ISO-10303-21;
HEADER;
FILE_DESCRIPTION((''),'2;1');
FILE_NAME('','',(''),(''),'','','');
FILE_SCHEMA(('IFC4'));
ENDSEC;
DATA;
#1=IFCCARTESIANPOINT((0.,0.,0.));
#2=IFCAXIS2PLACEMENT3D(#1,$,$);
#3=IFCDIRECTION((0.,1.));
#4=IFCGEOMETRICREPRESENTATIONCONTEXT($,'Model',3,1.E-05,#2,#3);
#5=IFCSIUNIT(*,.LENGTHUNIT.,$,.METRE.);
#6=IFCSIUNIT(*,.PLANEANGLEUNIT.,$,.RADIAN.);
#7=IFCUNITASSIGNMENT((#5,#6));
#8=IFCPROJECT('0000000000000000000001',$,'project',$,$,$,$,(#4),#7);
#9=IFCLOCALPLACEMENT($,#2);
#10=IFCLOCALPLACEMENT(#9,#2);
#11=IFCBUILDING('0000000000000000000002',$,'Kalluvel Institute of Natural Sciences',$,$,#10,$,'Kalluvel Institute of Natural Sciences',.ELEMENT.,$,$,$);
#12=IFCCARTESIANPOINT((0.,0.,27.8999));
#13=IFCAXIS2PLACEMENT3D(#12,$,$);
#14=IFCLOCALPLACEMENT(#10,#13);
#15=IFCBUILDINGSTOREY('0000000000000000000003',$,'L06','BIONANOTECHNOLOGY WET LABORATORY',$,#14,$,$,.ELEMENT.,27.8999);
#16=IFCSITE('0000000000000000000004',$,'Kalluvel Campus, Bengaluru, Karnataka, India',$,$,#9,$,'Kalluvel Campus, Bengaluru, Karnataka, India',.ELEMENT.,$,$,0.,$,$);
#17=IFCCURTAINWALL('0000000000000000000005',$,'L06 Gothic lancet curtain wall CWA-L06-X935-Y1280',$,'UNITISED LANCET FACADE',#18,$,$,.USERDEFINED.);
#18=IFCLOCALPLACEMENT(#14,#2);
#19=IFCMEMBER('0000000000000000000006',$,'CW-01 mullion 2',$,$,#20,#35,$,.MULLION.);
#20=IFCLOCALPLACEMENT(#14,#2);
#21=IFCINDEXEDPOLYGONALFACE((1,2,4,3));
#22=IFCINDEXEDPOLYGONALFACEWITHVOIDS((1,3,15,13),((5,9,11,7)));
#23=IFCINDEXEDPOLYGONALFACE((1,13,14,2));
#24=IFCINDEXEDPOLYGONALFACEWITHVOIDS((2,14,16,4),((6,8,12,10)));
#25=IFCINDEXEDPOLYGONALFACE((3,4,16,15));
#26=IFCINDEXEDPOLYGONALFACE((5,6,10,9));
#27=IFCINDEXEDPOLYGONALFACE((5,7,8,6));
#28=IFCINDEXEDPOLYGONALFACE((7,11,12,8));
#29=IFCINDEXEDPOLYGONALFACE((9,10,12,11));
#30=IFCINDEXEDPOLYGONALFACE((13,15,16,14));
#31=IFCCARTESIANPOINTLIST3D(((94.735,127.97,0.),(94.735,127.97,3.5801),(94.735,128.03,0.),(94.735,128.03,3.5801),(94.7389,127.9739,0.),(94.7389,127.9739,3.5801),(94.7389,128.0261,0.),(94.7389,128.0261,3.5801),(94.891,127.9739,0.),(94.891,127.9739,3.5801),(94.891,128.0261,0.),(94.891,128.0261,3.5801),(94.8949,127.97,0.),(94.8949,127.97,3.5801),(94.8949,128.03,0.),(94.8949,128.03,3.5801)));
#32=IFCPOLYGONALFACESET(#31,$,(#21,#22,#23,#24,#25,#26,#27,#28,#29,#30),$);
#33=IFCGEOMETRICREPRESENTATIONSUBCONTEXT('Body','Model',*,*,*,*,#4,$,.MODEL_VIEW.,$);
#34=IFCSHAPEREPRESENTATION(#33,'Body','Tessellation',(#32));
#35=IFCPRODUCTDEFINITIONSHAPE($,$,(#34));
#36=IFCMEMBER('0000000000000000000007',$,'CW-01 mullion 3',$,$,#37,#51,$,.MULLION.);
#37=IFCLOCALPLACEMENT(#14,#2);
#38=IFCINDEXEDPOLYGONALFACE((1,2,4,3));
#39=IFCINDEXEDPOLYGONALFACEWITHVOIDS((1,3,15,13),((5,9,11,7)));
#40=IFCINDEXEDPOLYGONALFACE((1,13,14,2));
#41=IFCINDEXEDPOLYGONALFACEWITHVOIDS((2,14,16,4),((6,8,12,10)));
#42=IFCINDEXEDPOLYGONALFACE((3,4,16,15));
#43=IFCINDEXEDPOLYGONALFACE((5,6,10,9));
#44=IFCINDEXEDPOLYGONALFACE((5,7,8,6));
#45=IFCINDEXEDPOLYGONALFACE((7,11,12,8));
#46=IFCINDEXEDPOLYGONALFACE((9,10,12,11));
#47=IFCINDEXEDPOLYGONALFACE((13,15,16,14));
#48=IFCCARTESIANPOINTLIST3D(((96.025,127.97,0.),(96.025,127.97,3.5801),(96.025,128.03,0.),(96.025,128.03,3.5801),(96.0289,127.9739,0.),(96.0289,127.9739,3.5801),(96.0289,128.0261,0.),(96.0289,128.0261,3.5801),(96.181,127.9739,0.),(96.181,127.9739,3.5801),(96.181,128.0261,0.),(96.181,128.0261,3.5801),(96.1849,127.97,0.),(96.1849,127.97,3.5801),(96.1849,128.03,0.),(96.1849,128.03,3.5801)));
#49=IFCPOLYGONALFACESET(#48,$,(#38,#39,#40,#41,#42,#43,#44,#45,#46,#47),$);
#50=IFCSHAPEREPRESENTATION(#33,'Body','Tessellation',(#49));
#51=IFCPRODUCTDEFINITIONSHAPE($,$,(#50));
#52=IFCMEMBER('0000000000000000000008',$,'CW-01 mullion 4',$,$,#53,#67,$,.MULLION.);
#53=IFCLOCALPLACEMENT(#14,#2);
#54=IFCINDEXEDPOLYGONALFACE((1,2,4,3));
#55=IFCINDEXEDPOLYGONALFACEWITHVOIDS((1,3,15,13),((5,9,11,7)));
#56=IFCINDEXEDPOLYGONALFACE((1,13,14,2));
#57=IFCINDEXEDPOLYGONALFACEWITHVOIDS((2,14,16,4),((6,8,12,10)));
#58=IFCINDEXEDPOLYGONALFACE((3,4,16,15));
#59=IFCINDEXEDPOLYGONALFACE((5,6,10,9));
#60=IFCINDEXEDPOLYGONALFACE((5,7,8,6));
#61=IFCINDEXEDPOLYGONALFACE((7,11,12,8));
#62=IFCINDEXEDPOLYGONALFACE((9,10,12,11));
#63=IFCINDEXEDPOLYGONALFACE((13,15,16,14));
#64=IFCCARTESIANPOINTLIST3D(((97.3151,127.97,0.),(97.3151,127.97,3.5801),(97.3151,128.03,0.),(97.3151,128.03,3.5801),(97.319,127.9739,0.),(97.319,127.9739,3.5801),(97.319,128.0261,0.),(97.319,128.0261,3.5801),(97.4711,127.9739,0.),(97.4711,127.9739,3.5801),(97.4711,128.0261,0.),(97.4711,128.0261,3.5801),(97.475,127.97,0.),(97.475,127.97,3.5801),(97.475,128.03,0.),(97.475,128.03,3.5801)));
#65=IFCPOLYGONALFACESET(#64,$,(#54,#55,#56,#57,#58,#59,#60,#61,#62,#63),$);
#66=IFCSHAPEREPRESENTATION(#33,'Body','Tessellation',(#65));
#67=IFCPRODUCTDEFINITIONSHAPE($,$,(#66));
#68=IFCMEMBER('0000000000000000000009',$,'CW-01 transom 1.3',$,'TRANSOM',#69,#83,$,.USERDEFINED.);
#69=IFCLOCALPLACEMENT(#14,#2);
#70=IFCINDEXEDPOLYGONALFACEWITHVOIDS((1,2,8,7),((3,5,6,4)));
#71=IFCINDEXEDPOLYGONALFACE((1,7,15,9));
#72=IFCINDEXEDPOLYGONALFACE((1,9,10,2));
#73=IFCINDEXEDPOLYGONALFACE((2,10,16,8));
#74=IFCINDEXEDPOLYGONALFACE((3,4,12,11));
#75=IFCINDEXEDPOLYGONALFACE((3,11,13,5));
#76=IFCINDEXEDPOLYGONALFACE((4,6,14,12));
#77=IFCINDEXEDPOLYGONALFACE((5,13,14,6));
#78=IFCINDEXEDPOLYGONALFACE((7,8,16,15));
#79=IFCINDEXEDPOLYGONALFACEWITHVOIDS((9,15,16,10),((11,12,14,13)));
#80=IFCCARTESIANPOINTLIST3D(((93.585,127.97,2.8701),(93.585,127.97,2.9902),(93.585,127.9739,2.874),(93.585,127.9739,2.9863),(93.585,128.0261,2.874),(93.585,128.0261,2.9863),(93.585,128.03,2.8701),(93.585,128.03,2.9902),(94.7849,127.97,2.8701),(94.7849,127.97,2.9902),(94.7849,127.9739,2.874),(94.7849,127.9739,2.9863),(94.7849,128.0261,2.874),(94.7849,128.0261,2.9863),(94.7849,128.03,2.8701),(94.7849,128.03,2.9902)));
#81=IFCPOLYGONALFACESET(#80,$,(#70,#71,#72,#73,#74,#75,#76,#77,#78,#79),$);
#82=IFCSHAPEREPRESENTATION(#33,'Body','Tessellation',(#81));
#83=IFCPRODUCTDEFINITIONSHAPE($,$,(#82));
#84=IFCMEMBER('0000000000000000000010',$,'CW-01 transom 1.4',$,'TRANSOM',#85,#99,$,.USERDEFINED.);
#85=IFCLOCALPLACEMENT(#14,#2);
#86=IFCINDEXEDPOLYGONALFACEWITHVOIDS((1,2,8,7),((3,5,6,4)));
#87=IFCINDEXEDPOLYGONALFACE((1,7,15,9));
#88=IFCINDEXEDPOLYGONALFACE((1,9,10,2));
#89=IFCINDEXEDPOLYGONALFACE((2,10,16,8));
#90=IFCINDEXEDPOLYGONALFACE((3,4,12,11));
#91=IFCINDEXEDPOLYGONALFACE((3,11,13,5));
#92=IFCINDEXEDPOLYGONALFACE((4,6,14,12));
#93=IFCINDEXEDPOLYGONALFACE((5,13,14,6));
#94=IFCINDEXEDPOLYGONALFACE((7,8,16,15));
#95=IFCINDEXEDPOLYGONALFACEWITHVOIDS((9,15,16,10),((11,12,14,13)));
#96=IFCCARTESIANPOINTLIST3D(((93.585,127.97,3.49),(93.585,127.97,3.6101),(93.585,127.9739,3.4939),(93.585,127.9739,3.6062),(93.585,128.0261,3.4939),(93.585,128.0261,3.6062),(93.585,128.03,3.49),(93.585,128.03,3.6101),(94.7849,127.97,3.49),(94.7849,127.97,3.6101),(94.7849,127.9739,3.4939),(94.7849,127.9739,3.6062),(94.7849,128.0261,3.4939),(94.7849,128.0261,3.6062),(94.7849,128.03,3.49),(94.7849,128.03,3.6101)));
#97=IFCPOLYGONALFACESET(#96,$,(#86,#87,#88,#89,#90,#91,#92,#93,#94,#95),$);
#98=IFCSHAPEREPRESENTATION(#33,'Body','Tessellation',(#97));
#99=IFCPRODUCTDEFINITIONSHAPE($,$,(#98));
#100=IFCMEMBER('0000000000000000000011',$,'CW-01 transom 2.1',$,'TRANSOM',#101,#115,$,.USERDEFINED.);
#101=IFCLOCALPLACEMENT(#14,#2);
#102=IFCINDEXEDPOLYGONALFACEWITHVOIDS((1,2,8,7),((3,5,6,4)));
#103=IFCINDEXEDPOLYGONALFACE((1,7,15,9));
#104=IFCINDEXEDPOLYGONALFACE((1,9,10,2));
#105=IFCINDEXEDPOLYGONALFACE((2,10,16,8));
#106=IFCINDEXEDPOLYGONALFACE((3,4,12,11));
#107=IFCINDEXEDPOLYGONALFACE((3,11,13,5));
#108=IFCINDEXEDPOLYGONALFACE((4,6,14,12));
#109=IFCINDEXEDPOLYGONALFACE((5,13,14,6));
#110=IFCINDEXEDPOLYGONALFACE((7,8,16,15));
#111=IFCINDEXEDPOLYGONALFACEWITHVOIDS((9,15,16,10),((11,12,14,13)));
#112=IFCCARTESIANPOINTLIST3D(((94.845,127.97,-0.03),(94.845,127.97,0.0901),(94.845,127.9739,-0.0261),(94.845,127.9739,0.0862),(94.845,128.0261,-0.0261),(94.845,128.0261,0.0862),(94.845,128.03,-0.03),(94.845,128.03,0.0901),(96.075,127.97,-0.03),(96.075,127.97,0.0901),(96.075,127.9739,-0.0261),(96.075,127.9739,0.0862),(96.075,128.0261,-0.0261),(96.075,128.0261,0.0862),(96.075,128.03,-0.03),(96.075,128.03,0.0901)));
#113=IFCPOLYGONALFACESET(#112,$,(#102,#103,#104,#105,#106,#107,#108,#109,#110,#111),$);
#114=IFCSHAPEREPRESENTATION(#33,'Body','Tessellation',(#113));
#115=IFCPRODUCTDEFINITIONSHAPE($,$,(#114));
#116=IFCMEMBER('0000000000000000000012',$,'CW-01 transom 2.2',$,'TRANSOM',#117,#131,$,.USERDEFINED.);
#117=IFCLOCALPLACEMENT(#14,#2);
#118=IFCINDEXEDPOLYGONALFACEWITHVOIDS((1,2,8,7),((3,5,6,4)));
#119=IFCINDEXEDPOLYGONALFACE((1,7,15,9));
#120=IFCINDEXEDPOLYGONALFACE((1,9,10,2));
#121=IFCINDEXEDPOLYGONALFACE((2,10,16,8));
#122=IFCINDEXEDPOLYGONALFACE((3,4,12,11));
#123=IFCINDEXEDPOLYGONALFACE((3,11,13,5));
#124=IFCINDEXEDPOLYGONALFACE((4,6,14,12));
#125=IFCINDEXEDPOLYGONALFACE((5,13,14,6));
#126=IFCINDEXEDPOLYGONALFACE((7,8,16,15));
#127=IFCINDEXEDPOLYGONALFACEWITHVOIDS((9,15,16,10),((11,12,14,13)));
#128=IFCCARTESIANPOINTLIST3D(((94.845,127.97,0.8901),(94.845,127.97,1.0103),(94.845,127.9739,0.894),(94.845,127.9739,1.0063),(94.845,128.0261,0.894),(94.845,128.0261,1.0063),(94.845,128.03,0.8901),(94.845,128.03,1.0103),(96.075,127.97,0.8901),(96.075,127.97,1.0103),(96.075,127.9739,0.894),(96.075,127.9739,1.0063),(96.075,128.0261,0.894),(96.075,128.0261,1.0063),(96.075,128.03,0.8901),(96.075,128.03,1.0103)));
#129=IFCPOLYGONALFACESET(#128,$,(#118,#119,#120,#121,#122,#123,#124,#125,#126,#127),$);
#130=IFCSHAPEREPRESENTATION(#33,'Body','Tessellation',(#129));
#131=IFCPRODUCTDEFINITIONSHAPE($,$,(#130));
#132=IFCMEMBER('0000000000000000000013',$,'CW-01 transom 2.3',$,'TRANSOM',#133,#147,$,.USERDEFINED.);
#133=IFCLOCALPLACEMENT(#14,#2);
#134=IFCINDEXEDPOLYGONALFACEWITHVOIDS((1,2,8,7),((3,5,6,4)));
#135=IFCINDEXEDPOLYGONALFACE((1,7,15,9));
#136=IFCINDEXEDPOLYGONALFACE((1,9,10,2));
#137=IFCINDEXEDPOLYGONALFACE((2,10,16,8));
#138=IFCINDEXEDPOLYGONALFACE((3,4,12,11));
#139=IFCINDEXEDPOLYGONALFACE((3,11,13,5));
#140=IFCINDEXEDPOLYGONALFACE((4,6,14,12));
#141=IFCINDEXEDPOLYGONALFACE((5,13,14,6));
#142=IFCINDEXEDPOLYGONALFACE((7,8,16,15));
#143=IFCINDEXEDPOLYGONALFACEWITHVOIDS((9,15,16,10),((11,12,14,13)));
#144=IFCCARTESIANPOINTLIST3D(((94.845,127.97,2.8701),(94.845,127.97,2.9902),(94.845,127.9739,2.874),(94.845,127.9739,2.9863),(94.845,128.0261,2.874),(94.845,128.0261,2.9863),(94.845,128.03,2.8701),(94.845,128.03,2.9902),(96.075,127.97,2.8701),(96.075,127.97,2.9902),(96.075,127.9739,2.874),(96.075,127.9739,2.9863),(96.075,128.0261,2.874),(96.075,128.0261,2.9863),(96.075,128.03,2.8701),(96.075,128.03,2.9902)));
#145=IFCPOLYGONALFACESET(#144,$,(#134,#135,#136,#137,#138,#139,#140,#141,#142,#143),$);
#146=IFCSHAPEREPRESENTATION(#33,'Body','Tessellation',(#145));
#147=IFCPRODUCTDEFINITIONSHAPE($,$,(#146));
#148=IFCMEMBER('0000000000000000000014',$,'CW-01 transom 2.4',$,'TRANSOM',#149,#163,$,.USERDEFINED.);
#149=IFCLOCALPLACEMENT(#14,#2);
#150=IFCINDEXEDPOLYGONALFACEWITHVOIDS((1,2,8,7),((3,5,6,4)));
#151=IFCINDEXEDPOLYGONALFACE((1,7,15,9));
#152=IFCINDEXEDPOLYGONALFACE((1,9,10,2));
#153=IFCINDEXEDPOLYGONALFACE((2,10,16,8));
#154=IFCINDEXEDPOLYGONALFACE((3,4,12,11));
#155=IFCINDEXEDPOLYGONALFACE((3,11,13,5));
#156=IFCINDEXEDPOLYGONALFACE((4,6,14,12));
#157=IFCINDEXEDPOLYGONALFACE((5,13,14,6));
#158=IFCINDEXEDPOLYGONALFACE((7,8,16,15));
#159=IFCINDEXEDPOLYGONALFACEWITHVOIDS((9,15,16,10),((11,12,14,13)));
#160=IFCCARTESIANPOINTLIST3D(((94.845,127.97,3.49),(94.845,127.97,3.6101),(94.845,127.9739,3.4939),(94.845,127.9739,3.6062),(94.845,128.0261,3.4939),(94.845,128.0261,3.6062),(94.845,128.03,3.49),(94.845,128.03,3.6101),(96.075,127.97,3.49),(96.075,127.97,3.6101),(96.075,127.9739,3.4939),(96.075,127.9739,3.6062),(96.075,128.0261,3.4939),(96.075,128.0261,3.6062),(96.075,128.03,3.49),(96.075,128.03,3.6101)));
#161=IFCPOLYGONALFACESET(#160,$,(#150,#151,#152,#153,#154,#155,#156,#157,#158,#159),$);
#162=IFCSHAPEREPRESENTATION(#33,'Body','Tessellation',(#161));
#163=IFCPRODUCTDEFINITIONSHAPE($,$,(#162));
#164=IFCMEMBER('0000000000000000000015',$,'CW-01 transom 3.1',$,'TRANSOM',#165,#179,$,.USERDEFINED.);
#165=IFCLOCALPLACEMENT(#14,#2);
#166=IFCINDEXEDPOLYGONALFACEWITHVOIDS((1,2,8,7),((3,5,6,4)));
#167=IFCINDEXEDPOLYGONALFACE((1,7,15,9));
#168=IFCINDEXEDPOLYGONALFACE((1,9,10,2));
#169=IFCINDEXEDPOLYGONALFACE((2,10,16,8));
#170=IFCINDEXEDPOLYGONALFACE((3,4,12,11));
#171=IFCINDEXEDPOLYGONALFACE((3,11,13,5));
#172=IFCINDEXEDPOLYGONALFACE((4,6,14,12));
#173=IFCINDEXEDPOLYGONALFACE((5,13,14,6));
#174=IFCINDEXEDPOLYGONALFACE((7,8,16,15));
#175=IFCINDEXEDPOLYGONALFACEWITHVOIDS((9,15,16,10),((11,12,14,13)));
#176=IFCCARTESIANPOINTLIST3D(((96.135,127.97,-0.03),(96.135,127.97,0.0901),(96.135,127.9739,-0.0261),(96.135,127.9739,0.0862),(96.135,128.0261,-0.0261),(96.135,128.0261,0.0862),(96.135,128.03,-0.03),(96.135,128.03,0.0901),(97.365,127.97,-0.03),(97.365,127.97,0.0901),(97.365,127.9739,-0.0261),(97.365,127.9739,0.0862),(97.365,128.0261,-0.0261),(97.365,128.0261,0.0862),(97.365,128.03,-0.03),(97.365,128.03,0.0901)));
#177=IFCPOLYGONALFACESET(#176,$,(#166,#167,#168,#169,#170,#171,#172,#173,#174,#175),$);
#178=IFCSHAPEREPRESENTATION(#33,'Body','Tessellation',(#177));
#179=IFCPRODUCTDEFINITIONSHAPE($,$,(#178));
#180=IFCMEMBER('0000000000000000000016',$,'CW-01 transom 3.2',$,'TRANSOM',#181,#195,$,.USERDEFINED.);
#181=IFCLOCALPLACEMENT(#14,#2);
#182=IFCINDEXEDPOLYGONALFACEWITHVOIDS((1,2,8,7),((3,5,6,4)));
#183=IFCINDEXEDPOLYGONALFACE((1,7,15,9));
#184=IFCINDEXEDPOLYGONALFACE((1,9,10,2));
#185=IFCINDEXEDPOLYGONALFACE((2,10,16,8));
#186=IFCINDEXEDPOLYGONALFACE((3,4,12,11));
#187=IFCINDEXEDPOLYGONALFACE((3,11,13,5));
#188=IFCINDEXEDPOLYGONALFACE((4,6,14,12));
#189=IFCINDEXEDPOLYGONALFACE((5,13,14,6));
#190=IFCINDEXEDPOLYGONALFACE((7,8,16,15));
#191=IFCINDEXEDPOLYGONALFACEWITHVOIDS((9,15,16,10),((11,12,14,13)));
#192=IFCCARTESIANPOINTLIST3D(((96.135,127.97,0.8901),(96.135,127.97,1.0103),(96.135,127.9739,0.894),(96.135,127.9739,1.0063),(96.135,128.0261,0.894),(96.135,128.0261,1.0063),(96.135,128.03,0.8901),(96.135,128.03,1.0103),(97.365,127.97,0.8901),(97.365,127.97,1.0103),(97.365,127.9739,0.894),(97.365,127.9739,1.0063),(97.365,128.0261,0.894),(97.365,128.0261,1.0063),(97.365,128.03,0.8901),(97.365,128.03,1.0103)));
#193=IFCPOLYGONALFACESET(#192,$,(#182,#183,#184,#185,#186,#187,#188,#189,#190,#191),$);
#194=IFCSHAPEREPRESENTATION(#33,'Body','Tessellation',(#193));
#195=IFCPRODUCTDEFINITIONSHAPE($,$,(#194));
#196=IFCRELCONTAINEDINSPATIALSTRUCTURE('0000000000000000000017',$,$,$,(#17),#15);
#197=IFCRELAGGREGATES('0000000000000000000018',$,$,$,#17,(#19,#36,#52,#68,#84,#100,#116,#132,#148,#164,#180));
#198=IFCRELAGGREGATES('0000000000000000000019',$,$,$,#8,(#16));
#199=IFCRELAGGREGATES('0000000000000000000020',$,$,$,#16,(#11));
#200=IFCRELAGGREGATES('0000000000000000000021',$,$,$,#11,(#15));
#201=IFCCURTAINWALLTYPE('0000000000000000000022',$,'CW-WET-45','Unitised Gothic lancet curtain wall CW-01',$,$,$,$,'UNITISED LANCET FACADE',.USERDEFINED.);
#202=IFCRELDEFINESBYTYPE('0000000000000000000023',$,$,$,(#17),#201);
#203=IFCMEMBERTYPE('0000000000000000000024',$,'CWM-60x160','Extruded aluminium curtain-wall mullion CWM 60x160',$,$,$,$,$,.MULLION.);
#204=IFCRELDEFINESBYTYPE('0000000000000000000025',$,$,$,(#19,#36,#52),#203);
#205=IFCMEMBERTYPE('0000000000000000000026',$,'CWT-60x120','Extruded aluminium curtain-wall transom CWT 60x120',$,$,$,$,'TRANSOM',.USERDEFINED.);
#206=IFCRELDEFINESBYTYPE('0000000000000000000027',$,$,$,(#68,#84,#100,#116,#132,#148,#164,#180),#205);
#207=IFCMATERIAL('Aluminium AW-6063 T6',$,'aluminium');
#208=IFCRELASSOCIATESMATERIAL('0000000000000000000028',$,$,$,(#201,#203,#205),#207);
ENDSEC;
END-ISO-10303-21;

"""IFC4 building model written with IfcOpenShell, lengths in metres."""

from ifc_helpers import new_model, si_unit, direction, frame, origin, origin_2d, place, context, subcontext, project, spatial, hollow_rectangle, extrude, material, material_profile, profile_set, type_object, element, aggregate, save


model = new_model("IFC4")

# Units and contexts
model_context = context("Model", 3, precision=1e-05, world=origin(), true_north=direction((0.0, 1.0)))
body_context = subcontext(model_context, "Body", "Model", "MODEL_VIEW")
ifc_project = project(units=[si_unit("LENGTHUNIT", "METRE"), si_unit("PLANEANGLEUNIT", "RADIAN")], contexts=[model_context])

# Site, building, storey
site_placement = place(None, origin())
site = spatial("IfcSite", under=ifc_project, at=site_placement, Name="Kalluvel Campus, Bengaluru, Karnataka, India", LongName="Kalluvel Campus, Bengaluru, Karnataka, India", CompositionType="ELEMENT", RefElevation=0.0)
building_placement = place(site_placement, origin())
building = spatial("IfcBuilding", under=site, at=building_placement, Name="Kalluvel Institute of Natural Sciences", LongName="Kalluvel Institute of Natural Sciences", CompositionType="ELEMENT")
storey_placement = place(building_placement, frame((0.0, 0.0, 27.8999)))
storey = spatial("IfcBuildingStorey", under=building, at=storey_placement, Name="L06", Description="BIONANOTECHNOLOGY WET LABORATORY", CompositionType="ELEMENT", Elevation=27.8999)

# Curtain wall, members
ifc_material_1 = material(Name="Aluminium AW-6063 T6", Category="aluminium")
curtain_wall_type = type_object("IfcCurtainWallType", Name="CW-WET-45", Description="Unitised Gothic lancet curtain wall CW-01", ElementType="UNITISED LANCET FACADE", PredefinedType="USERDEFINED", material=ifc_material_1)
curtain_wall_placement = place(storey_placement, origin())
curtain_wall = element("IfcCurtainWall", 1, at=curtain_wall_placement, inside=storey, type_object=curtain_wall_type, Name="L06 Gothic lancet curtain wall CWA-L06-X935-Y1280", ObjectType="UNITISED LANCET FACADE", PredefinedType="USERDEFINED")
ifc_material_profile_1 = material_profile(ifc_material_1, hollow_rectangle(XDim=0.0601, YDim=0.1599, WallThickness=0.0039, at=origin_2d()), Name="CWM 60x160")
ifc_profile_set_1 = profile_set([ifc_material_profile_1], Name="Aluminium AW-6063 T6")
member_type_1 = type_object("IfcMemberType", Name="CWM-60x160", Description="Extruded aluminium curtain-wall mullion CWM 60x160", PredefinedType="MULLION", material=ifc_profile_set_1)
member_1_placement = place(storey_placement, frame((94.8149, 128.0, 0.0), z_axis=(0.0, 0.0, 1.0), x_axis=(0.0, 1.0, 0.0)))
member_1 = element("IfcMember", 2, at=member_1_placement, type_object=member_type_1, Name="CW-01 mullion 2", PredefinedType="MULLION", context=body_context, shape_type="SweptSolid", body=[
    extrude(hollow_rectangle(XDim=0.0601, YDim=0.1599, WallThickness=0.0039, at=origin_2d()), origin(), (0.0, 0.0, 1.0), 3.5801),
])
member_2_placement = place(storey_placement, frame((96.105, 128.0, 0.0), z_axis=(0.0, 0.0, 1.0), x_axis=(0.0, 1.0, 0.0)))
member_2 = element("IfcMember", 3, at=member_2_placement, type_object=member_type_1, Name="CW-01 mullion 3", PredefinedType="MULLION", context=body_context, shape_type="SweptSolid", body=[
    extrude(hollow_rectangle(XDim=0.0601, YDim=0.1599, WallThickness=0.0039, at=origin_2d()), origin(), (0.0, 0.0, 1.0), 3.5801),
])
member_3_placement = place(storey_placement, frame((97.395, 128.0, 0.0), z_axis=(0.0, 0.0, 1.0), x_axis=(0.0, 1.0, 0.0)))
member_3 = element("IfcMember", 4, at=member_3_placement, type_object=member_type_1, Name="CW-01 mullion 4", PredefinedType="MULLION", context=body_context, shape_type="SweptSolid", body=[
    extrude(hollow_rectangle(XDim=0.0601, YDim=0.1599, WallThickness=0.0039, at=origin_2d()), origin(), (0.0, 0.0, 1.0), 3.5801),
])
ifc_material_profile_2 = material_profile(ifc_material_1, hollow_rectangle(XDim=0.0601, YDim=0.1201, WallThickness=0.0039, at=origin_2d()), Name="CWT 60x120")
ifc_profile_set_2 = profile_set([ifc_material_profile_2], Name="Aluminium AW-6063 T6")
member_type_2 = type_object("IfcMemberType", Name="CWT-60x120", Description="Extruded aluminium curtain-wall transom CWT 60x120", ElementType="TRANSOM", PredefinedType="USERDEFINED", material=ifc_profile_set_2)
member_4_placement = place(storey_placement, frame((93.585, 128.0, 2.9302), z_axis=(1.0, 0.0, 0.0), x_axis=(0.0, 1.0, 0.0)))
member_4 = element("IfcMember", 5, at=member_4_placement, type_object=member_type_2, Name="CW-01 transom 1.3", ObjectType="TRANSOM", PredefinedType="USERDEFINED", context=body_context, shape_type="SweptSolid", body=[
    extrude(hollow_rectangle(XDim=0.0601, YDim=0.1201, WallThickness=0.0039, at=origin_2d()), origin(), (0.0, 0.0, 1.0), 1.2),
])
member_5_placement = place(storey_placement, frame((93.585, 128.0, 3.55), z_axis=(1.0, 0.0, 0.0), x_axis=(0.0, 1.0, 0.0)))
member_5 = element("IfcMember", 6, at=member_5_placement, type_object=member_type_2, Name="CW-01 transom 1.4", ObjectType="TRANSOM", PredefinedType="USERDEFINED", context=body_context, shape_type="SweptSolid", body=[
    extrude(hollow_rectangle(XDim=0.0601, YDim=0.1201, WallThickness=0.0039, at=origin_2d()), origin(), (0.0, 0.0, 1.0), 1.2),
])
member_6_placement = place(storey_placement, frame((94.845, 128.0, 0.03), z_axis=(1.0, 0.0, 0.0), x_axis=(0.0, 1.0, 0.0)))
member_6 = element("IfcMember", 7, at=member_6_placement, type_object=member_type_2, Name="CW-01 transom 2.1", ObjectType="TRANSOM", PredefinedType="USERDEFINED", context=body_context, shape_type="SweptSolid", body=[
    extrude(hollow_rectangle(XDim=0.0601, YDim=0.1201, WallThickness=0.0039, at=origin_2d()), origin(), (0.0, 0.0, 1.0), 1.23),
])
member_7_placement = place(storey_placement, frame((94.845, 128.0, 0.9502), z_axis=(1.0, 0.0, 0.0), x_axis=(0.0, 1.0, 0.0)))
member_7 = element("IfcMember", 8, at=member_7_placement, type_object=member_type_2, Name="CW-01 transom 2.2", ObjectType="TRANSOM", PredefinedType="USERDEFINED", context=body_context, shape_type="SweptSolid", body=[
    extrude(hollow_rectangle(XDim=0.0601, YDim=0.1201, WallThickness=0.0039, at=origin_2d()), origin(), (0.0, 0.0, 1.0), 1.23),
])
member_8_placement = place(storey_placement, frame((94.845, 128.0, 2.9302), z_axis=(1.0, 0.0, 0.0), x_axis=(0.0, 1.0, 0.0)))
member_8 = element("IfcMember", 9, at=member_8_placement, type_object=member_type_2, Name="CW-01 transom 2.3", ObjectType="TRANSOM", PredefinedType="USERDEFINED", context=body_context, shape_type="SweptSolid", body=[
    extrude(hollow_rectangle(XDim=0.0601, YDim=0.1201, WallThickness=0.0039, at=origin_2d()), origin(), (0.0, 0.0, 1.0), 1.23),
])
member_9_placement = place(storey_placement, frame((94.845, 128.0, 3.55), z_axis=(1.0, 0.0, 0.0), x_axis=(0.0, 1.0, 0.0)))
member_9 = element("IfcMember", 10, at=member_9_placement, type_object=member_type_2, Name="CW-01 transom 2.4", ObjectType="TRANSOM", PredefinedType="USERDEFINED", context=body_context, shape_type="SweptSolid", body=[
    extrude(hollow_rectangle(XDim=0.0601, YDim=0.1201, WallThickness=0.0039, at=origin_2d()), origin(), (0.0, 0.0, 1.0), 1.23),
])
member_10_placement = place(storey_placement, frame((96.135, 128.0, 0.03), z_axis=(1.0, 0.0, 0.0), x_axis=(0.0, 1.0, 0.0)))
member_10 = element("IfcMember", 11, at=member_10_placement, type_object=member_type_2, Name="CW-01 transom 3.1", ObjectType="TRANSOM", PredefinedType="USERDEFINED", context=body_context, shape_type="SweptSolid", body=[
    extrude(hollow_rectangle(XDim=0.0601, YDim=0.1201, WallThickness=0.0039, at=origin_2d()), origin(), (0.0, 0.0, 1.0), 1.23),
])
member_11_placement = place(storey_placement, frame((96.135, 128.0, 0.9502), z_axis=(1.0, 0.0, 0.0), x_axis=(0.0, 1.0, 0.0)))
member_11 = element("IfcMember", 12, at=member_11_placement, type_object=member_type_2, Name="CW-01 transom 3.2", ObjectType="TRANSOM", PredefinedType="USERDEFINED", context=body_context, shape_type="SweptSolid", body=[
    extrude(hollow_rectangle(XDim=0.0601, YDim=0.1201, WallThickness=0.0039, at=origin_2d()), origin(), (0.0, 0.0, 1.0), 1.23),
])
aggregate(curtain_wall, [member_1, member_2, member_3, member_4, member_5, member_6, member_7, member_8, member_9, member_10, member_11])

save(model, "model.ifc")
